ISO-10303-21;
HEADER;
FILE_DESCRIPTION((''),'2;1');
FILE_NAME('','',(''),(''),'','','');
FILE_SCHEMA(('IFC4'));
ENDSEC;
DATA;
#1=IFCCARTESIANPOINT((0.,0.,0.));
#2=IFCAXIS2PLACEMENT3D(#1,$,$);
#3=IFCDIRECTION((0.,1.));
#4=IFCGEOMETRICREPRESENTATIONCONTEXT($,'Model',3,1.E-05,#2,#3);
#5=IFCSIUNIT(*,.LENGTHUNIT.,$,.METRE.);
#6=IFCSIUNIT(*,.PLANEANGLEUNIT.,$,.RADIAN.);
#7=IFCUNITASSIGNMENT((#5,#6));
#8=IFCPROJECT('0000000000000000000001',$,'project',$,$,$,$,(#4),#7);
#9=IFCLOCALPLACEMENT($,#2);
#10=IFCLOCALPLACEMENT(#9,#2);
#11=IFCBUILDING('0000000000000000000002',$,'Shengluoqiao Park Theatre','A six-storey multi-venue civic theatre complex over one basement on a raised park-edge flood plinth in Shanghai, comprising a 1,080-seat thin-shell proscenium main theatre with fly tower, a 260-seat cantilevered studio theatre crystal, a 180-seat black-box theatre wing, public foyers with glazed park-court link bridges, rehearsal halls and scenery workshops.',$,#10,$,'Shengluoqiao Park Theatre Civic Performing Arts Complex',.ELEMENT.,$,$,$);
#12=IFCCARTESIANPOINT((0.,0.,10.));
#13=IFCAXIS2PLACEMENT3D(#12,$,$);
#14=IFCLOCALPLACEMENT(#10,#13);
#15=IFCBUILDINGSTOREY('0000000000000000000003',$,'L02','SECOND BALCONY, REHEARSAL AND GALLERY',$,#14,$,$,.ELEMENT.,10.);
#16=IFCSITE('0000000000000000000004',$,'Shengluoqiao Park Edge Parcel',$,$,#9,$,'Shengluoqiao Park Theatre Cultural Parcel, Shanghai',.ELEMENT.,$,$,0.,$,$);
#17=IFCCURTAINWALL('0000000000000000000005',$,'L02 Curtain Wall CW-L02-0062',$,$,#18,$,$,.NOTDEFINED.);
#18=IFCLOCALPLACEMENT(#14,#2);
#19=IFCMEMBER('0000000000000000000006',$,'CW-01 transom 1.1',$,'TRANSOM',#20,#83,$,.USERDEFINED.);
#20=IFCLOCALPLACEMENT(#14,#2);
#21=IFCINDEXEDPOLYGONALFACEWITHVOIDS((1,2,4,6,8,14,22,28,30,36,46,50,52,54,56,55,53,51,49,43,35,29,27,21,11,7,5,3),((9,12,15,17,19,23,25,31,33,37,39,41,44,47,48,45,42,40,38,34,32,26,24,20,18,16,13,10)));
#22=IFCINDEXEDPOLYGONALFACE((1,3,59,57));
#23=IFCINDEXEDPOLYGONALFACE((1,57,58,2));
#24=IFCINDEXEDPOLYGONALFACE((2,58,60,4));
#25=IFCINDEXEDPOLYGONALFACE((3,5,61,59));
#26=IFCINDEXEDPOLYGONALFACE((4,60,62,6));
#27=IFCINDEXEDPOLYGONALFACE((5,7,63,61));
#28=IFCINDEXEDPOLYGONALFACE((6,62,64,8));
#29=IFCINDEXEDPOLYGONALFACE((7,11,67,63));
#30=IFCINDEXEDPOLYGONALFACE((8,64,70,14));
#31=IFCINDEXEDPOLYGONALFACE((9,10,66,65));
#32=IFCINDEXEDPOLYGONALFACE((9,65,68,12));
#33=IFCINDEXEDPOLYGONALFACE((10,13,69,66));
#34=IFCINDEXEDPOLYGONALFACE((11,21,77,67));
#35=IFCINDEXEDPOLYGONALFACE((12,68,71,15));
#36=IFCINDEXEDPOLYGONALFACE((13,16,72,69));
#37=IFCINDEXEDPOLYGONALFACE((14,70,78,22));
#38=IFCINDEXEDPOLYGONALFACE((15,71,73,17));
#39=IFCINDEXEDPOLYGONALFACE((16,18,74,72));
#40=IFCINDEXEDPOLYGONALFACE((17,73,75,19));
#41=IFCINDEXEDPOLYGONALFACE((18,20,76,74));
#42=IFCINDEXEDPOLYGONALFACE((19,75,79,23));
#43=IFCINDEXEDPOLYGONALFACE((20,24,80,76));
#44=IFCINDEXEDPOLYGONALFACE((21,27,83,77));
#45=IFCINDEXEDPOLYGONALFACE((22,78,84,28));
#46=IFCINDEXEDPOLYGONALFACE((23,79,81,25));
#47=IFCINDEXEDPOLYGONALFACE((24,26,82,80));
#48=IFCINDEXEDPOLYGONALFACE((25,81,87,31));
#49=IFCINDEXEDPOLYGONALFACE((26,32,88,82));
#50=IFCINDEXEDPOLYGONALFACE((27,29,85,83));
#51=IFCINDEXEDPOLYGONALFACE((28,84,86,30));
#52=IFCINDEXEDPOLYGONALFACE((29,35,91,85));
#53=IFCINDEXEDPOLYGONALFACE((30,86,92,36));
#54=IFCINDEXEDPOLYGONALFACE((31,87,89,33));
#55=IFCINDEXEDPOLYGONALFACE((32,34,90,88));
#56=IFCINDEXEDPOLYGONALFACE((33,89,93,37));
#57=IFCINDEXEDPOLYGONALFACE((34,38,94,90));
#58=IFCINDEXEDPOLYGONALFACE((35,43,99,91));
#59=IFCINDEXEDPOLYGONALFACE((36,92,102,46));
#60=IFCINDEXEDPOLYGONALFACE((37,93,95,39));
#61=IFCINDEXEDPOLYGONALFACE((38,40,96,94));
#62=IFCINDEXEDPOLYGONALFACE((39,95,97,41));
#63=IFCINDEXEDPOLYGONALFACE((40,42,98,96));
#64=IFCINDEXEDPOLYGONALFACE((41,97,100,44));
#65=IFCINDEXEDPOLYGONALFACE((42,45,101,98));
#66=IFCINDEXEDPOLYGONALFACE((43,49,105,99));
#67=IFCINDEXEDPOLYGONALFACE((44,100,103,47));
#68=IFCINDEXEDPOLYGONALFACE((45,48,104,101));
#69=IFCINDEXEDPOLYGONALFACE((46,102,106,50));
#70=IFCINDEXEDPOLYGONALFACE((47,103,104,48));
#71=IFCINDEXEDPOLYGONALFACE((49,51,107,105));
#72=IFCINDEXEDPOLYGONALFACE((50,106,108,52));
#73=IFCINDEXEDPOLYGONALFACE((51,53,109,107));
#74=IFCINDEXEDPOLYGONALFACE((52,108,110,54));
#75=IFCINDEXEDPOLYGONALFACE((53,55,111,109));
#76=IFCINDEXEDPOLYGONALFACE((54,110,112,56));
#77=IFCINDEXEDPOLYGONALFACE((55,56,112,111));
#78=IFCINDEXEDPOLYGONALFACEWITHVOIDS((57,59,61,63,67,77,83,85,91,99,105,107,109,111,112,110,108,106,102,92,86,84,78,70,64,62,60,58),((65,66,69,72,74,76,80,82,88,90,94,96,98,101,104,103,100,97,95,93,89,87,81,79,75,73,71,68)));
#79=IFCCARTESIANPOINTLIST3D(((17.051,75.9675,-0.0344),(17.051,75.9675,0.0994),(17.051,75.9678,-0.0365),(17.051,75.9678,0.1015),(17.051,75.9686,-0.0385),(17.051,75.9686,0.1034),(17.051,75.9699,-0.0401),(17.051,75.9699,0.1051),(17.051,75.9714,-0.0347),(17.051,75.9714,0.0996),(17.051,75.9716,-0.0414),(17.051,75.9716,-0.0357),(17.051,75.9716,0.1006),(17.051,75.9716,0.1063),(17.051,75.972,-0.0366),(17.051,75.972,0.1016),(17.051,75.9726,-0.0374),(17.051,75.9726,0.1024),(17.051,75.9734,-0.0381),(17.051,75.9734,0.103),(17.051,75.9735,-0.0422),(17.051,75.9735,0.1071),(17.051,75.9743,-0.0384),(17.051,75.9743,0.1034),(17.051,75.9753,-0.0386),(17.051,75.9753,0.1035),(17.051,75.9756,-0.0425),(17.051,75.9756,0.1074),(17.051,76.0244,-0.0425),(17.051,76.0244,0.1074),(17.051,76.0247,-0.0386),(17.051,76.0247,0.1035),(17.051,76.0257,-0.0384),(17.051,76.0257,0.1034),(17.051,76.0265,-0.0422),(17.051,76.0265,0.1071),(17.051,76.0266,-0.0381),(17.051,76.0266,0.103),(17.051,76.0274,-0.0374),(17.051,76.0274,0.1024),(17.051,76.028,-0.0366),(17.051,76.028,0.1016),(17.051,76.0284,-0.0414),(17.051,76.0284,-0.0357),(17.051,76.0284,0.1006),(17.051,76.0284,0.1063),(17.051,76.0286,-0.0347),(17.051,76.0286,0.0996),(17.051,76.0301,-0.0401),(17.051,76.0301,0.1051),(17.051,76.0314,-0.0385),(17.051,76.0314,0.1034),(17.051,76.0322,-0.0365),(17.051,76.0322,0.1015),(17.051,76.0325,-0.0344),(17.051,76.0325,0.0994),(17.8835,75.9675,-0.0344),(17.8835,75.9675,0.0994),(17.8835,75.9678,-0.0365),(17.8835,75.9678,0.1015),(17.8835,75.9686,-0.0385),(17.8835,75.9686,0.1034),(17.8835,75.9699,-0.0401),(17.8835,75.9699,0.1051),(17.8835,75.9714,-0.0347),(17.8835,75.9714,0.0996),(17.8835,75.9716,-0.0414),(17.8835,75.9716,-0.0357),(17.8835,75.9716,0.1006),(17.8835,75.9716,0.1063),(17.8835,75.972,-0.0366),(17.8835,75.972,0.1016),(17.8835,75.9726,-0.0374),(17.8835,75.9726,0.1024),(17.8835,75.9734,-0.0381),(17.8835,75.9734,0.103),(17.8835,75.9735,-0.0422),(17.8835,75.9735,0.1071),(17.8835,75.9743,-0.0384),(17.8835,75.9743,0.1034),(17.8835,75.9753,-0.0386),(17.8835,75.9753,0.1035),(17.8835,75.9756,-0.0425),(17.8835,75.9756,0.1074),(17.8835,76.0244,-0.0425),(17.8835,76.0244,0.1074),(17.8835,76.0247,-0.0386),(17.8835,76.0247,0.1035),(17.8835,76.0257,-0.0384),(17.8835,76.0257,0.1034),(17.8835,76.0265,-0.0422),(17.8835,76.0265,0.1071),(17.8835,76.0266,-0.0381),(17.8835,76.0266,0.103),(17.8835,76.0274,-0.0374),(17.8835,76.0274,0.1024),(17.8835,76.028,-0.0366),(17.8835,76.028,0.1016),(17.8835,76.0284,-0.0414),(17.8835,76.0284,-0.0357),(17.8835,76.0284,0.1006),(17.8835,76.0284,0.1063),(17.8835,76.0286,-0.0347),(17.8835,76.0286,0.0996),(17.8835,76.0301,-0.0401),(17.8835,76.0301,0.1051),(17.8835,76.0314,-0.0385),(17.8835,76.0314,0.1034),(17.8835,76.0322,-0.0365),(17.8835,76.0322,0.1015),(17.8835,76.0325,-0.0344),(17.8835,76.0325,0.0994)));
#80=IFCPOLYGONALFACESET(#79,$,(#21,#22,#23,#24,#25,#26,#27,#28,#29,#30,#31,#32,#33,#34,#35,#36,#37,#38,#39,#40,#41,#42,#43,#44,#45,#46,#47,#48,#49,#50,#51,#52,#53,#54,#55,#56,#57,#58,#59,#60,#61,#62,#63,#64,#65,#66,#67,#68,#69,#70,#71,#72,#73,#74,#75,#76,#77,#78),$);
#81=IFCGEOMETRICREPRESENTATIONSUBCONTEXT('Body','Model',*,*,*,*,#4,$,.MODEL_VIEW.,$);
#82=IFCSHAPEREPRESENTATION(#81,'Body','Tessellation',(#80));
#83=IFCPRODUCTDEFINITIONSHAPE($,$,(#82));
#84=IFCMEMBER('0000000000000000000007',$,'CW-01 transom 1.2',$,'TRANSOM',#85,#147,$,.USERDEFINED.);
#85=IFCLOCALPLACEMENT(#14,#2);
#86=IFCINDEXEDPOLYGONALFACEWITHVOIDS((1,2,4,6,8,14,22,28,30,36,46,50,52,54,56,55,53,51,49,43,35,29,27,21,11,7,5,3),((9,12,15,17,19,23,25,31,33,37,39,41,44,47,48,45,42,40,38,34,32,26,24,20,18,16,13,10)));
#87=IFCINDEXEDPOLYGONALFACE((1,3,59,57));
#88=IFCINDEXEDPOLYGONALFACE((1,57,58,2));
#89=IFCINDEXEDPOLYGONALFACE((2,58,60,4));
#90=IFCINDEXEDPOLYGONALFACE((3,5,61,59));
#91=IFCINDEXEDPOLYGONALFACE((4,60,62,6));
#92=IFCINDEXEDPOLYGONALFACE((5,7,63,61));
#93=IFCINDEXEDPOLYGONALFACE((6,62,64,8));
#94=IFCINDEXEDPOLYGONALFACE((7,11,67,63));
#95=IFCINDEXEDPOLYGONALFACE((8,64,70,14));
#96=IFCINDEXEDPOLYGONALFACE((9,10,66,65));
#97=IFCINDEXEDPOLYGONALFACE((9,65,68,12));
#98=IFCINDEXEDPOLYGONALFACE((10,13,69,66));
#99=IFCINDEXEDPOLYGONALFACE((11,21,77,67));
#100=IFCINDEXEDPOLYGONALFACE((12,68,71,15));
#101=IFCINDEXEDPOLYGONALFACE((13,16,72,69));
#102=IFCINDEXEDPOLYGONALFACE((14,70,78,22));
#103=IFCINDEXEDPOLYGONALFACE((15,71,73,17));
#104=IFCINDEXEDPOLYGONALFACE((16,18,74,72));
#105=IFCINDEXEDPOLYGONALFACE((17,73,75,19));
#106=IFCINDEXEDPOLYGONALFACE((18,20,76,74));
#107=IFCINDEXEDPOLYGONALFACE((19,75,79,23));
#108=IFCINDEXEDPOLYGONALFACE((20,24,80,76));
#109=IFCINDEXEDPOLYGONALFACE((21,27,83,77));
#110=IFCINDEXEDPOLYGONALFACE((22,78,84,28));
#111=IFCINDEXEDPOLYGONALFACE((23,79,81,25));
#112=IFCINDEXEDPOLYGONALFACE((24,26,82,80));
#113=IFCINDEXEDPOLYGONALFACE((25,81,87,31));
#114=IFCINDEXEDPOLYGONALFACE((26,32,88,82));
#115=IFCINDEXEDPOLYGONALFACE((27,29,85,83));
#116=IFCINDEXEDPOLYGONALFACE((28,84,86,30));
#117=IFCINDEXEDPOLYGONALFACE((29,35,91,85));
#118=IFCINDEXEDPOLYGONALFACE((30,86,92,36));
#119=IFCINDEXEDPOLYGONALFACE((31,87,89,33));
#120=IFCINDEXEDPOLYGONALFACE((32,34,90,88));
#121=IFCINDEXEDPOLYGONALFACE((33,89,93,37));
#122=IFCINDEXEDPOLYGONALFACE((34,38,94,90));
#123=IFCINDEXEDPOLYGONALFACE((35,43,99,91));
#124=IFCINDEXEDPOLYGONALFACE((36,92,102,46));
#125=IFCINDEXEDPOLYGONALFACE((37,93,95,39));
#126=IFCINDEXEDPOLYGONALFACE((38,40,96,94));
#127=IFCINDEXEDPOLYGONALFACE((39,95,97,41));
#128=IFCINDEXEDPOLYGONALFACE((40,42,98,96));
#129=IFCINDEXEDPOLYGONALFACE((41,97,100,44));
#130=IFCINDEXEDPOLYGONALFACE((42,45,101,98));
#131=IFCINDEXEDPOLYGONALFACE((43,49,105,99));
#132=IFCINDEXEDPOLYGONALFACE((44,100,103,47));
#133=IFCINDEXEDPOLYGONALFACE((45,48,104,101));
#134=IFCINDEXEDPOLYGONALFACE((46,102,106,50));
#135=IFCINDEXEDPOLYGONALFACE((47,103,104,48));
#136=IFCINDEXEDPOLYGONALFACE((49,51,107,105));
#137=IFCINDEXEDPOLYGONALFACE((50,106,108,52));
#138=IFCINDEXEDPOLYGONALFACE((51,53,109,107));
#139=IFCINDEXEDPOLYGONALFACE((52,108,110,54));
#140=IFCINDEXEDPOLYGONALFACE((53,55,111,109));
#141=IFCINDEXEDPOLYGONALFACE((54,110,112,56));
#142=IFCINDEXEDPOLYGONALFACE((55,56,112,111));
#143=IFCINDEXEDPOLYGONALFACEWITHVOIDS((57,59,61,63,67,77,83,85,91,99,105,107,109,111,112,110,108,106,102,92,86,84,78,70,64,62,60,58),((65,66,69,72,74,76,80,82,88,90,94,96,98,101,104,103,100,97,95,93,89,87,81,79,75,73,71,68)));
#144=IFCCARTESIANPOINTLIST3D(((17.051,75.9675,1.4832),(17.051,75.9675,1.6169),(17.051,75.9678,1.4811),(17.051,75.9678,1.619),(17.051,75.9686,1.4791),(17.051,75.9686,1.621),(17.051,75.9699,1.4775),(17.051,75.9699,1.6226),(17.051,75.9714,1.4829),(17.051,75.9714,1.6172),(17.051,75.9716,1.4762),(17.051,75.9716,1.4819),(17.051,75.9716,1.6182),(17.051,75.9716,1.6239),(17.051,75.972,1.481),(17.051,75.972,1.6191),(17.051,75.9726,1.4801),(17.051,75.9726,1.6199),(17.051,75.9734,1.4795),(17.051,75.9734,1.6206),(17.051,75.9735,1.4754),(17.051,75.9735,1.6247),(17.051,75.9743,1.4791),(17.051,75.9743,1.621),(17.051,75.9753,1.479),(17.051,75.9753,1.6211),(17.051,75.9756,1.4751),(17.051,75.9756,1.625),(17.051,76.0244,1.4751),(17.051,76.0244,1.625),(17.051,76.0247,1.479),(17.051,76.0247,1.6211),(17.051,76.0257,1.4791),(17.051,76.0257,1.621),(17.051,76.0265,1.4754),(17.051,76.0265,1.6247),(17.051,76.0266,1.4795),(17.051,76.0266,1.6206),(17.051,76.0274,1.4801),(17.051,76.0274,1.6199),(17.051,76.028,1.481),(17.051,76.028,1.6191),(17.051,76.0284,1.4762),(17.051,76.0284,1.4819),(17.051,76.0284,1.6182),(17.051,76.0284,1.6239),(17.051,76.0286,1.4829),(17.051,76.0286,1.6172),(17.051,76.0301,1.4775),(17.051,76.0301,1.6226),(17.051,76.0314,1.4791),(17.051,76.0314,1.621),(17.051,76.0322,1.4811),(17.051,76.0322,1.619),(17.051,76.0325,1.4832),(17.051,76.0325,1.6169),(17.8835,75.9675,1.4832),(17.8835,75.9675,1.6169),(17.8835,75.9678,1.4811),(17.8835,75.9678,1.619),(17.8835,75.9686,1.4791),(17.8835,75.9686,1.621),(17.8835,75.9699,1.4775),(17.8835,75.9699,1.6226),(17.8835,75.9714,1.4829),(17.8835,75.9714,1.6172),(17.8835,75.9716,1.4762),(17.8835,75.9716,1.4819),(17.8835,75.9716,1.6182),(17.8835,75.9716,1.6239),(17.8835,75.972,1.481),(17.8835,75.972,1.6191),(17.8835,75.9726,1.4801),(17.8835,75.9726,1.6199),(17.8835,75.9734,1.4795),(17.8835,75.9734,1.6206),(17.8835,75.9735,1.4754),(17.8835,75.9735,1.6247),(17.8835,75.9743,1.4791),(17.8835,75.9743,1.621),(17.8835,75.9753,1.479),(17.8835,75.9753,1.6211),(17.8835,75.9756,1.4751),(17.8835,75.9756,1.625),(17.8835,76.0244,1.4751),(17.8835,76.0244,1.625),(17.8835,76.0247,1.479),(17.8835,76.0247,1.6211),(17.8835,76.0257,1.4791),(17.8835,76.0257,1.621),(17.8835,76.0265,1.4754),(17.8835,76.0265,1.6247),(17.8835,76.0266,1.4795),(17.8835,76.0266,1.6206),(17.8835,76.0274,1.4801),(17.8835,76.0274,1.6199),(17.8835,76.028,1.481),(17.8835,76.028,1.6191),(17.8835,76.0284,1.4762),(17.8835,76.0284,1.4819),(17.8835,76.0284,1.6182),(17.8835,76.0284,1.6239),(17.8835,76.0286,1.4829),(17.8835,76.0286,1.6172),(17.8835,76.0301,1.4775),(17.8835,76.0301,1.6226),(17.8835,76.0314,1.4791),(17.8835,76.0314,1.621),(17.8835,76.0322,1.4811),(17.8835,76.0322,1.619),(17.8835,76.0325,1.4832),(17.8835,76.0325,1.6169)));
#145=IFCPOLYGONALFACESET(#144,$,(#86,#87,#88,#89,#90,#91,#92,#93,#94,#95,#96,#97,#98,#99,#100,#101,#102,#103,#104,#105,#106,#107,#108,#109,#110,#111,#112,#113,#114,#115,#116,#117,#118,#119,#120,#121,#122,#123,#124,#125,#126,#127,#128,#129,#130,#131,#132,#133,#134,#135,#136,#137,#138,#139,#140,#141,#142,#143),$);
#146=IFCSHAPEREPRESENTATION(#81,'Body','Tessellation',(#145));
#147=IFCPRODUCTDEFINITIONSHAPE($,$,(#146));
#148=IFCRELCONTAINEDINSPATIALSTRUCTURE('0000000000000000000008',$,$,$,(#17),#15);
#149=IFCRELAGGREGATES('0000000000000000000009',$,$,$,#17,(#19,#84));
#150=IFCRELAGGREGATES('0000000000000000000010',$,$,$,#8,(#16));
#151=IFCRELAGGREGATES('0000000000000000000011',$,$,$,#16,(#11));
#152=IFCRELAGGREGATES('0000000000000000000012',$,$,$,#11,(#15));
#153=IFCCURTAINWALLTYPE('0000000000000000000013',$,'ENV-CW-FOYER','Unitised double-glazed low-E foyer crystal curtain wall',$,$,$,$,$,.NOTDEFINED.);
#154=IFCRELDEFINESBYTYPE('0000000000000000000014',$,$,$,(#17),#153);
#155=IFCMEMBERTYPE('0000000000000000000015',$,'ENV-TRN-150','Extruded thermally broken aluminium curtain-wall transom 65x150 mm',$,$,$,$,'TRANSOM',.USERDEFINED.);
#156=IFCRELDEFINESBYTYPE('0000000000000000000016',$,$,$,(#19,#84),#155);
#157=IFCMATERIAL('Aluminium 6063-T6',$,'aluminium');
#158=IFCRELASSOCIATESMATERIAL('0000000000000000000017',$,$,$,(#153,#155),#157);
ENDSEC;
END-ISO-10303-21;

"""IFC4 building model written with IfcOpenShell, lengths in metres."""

from ifc_helpers import new_model, si_unit, direction, frame, origin, origin_2d, place, context, subcontext, project, spatial, hollow_rectangle, extrude, material, material_profile, profile_set, type_object, element, aggregate, save


model = new_model("IFC4")

# Units and contexts
model_context = context("Model", 3, precision=1e-05, world=origin(), true_north=direction((0.0, 1.0)))
body_context = subcontext(model_context, "Body", "Model", "MODEL_VIEW")
ifc_project = project(units=[si_unit("LENGTHUNIT", "METRE"), si_unit("PLANEANGLEUNIT", "RADIAN")], contexts=[model_context])

# Site, building, storey
site_placement = place(None, origin())
site = spatial("IfcSite", under=ifc_project, at=site_placement, Name="Shengluoqiao Park Edge Parcel", LongName="Shengluoqiao Park Theatre Cultural Parcel, Shanghai", CompositionType="ELEMENT", RefElevation=0.0)
building_placement = place(site_placement, origin())
building = spatial("IfcBuilding", under=site, at=building_placement, Name="Shengluoqiao Park Theatre", Description="A six-storey multi-venue civic theatre complex over one basement on a raised park-edge flood plinth in Shanghai, comprising a 1,080-seat thin-shell proscenium main theatre with fly tower, a 260-seat cantilevered studio theatre crystal, a 180-seat black-box theatre wing, public foyers with glazed park-court link bridges, rehearsal halls and scenery workshops.", LongName="Shengluoqiao Park Theatre Civic Performing Arts Complex", CompositionType="ELEMENT")
storey_placement = place(building_placement, frame((0.0, 0.0, 10.0)))
storey = spatial("IfcBuildingStorey", under=building, at=storey_placement, Name="L02", Description="SECOND BALCONY, REHEARSAL AND GALLERY", CompositionType="ELEMENT", Elevation=10.0)

# Shared definitions
ifc_material_1 = material(Name="Aluminium 6063-T6", Category="aluminium")
curtain_wall_type = type_object("IfcCurtainWallType", Name="ENV-CW-FOYER", Description="Unitised double-glazed low-E foyer crystal curtain wall", PredefinedType="NOTDEFINED", material=ifc_material_1)

# Curtain wall
curtain_wall_1_placement = place(storey_placement, origin())
curtain_wall_1 = element("IfcCurtainWall", 1, at=curtain_wall_1_placement, inside=storey, type_object=curtain_wall_type, Name="L02 Curtain Wall CW-L02-0062", PredefinedType="NOTDEFINED")

# Members
ifc_material_profile_1 = material_profile(ifc_material_1, hollow_rectangle(XDim=0.0649, YDim=0.1499, WallThickness=0.0039, InnerFilletRadius=0.0039, OuterFilletRadius=0.0081, at=origin_2d()), Name="ALU TRANSOM 150x65x4")
ifc_profile_set_1 = profile_set([ifc_material_profile_1], Name="Aluminium 6063-T6")
member_type_1 = type_object("IfcMemberType", Name="ENV-TRN-150", Description="Extruded thermally broken aluminium curtain-wall transom 65x150 mm", ElementType="TRANSOM", PredefinedType="USERDEFINED", material=ifc_profile_set_1)
member_1_placement = place(storey_placement, frame((17.051, 76.0, 0.0325), z_axis=(1.0, 0.0, 0.0), x_axis=(0.0, 1.0, 0.0)))
member_1 = element("IfcMember", 2, at=member_1_placement, type_object=member_type_1, Name="CW-01 transom 1.1", ObjectType="TRANSOM", PredefinedType="USERDEFINED", context=body_context, shape_type="SweptSolid", body=[
    extrude(hollow_rectangle(XDim=0.0649, YDim=0.1499, WallThickness=0.0039, InnerFilletRadius=0.0039, OuterFilletRadius=0.0081, at=origin_2d()), origin(), (0.0, 0.0, 1.0), 0.8325),
])
member_2_placement = place(storey_placement, frame((17.051, 76.0, 1.55), z_axis=(1.0, 0.0, 0.0), x_axis=(0.0, 1.0, 0.0)))
member_2 = element("IfcMember", 3, at=member_2_placement, type_object=member_type_1, Name="CW-01 transom 1.2", ObjectType="TRANSOM", PredefinedType="USERDEFINED", context=body_context, shape_type="SweptSolid", body=[
    extrude(hollow_rectangle(XDim=0.0649, YDim=0.1499, WallThickness=0.0039, InnerFilletRadius=0.0039, OuterFilletRadius=0.0081, at=origin_2d()), origin(), (0.0, 0.0, 1.0), 0.8325),
])

aggregate(curtain_wall_1, [member_1, member_2])

save(model, "model.ifc")
